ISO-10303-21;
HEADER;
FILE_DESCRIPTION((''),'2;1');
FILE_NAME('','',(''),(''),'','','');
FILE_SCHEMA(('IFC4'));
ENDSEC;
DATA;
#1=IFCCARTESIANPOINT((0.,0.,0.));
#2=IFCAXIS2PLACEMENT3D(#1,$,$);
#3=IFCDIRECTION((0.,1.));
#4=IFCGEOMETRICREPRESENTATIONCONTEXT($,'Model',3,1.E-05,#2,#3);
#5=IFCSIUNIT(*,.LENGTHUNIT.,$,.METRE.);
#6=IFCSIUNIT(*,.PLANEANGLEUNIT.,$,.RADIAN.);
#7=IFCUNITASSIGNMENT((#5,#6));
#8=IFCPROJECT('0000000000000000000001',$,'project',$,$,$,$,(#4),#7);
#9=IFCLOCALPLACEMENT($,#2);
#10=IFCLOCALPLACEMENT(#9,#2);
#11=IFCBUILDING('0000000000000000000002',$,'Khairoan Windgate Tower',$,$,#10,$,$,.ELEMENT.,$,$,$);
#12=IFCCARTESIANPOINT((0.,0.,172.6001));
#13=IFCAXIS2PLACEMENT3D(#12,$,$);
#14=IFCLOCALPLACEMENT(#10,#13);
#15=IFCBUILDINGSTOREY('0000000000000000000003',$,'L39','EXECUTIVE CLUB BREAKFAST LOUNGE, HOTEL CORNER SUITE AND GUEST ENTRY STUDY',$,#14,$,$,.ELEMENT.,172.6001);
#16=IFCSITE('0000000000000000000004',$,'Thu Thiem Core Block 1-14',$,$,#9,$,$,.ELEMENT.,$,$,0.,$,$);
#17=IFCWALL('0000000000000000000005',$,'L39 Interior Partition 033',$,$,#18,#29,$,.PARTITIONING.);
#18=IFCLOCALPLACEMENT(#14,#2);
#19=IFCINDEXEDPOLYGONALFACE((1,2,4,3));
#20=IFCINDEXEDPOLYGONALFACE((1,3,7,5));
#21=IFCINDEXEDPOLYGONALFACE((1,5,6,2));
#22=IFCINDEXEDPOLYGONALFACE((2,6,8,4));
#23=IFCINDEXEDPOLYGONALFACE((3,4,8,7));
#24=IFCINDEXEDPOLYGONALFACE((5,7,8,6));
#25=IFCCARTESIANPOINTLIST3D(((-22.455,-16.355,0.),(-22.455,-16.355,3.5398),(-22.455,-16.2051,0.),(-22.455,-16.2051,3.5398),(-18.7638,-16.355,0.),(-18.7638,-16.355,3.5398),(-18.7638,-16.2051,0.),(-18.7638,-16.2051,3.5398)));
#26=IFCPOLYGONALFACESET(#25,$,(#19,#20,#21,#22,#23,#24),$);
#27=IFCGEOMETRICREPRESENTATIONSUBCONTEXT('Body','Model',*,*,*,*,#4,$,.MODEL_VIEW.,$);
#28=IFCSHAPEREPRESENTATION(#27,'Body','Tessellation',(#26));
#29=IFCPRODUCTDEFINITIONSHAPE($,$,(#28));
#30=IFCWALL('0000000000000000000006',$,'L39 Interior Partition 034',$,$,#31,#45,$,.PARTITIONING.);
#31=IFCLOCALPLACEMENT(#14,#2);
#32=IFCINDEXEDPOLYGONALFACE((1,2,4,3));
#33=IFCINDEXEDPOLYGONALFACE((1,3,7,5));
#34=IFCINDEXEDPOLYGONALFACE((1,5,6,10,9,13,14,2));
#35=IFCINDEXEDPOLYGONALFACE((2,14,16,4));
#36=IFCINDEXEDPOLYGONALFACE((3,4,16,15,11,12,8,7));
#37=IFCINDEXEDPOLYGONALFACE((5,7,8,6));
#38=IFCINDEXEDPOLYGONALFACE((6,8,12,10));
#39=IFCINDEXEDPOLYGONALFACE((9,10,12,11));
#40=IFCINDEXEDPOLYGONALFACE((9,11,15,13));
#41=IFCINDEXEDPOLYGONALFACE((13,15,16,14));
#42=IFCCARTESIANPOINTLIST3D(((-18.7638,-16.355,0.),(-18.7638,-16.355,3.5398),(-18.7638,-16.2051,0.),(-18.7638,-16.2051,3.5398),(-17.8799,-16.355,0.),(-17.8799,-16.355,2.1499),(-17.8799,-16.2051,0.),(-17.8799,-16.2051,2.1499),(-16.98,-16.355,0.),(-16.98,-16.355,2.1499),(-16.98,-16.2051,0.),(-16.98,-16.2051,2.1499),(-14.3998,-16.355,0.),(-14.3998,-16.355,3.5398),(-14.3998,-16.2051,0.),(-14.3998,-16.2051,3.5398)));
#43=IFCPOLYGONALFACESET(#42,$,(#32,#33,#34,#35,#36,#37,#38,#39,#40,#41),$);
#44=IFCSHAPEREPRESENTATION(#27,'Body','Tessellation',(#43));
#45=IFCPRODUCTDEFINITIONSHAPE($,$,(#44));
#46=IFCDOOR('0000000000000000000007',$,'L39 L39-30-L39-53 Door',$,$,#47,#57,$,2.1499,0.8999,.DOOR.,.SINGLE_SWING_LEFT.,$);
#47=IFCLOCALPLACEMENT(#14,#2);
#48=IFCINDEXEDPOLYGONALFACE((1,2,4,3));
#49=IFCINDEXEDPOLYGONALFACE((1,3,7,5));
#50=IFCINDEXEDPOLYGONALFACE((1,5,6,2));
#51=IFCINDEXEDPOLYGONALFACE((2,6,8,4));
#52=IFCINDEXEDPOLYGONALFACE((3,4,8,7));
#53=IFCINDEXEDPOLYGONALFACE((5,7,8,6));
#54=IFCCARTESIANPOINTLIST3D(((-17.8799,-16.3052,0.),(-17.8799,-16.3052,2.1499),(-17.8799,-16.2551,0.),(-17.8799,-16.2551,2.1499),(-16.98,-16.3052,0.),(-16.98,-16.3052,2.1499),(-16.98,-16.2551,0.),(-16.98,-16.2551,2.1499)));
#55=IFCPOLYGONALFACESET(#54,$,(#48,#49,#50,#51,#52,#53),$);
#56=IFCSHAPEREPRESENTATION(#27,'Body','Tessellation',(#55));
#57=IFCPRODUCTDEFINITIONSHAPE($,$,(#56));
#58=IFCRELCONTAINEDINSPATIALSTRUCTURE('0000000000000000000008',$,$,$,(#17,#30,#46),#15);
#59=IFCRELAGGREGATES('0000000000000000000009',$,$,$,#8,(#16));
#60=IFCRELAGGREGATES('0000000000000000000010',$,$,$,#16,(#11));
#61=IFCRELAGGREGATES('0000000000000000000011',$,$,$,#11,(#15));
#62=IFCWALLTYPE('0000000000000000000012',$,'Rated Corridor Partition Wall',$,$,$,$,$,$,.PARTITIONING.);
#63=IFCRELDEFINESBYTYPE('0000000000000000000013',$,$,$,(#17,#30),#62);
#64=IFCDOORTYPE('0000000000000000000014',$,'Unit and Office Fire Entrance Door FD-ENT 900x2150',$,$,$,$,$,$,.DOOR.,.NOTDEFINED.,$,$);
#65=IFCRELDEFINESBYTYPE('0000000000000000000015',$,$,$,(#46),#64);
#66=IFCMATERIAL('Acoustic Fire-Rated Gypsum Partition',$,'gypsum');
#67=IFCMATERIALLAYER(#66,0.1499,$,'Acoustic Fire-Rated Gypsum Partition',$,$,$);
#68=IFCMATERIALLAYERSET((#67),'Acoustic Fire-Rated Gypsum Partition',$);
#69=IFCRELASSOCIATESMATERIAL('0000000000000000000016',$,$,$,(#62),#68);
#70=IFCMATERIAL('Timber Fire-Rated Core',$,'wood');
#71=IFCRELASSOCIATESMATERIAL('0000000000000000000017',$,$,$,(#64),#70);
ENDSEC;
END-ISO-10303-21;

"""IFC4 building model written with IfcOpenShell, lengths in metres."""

from ifc_helpers import new_model, si_unit, direction, frame, frame_2d, origin, place, context, subcontext, project, spatial, rectangle, extrude, material, layer, layer_set, type_object, element, fill, save


model = new_model("IFC4")

# Units and contexts
model_context = context("Model", 3, precision=1e-05, world=origin(), true_north=direction((0.0, 1.0)))
body_context = subcontext(model_context, "Body", "Model", "MODEL_VIEW")
ifc_project = project(units=[si_unit("LENGTHUNIT", "METRE"), si_unit("PLANEANGLEUNIT", "RADIAN")], contexts=[model_context])

# Site, building, storey
site_placement = place(None, origin())
site = spatial("IfcSite", under=ifc_project, at=site_placement, Name="Thu Thiem Core Block 1-14", CompositionType="ELEMENT", RefElevation=0.0)
building_placement = place(site_placement, origin())
building = spatial("IfcBuilding", under=site, at=building_placement, Name="Khairoan Windgate Tower", CompositionType="ELEMENT")
storey_placement = place(building_placement, frame((0.0, 0.0, 172.6001)))
storey = spatial("IfcBuildingStorey", under=building, at=storey_placement, Name="L39", Description="EXECUTIVE CLUB BREAKFAST LOUNGE, HOTEL CORNER SUITE AND GUEST ENTRY STUDY", CompositionType="ELEMENT", Elevation=172.6001)

# Wall
ifc_material_1 = material(Name="Acoustic Fire-Rated Gypsum Partition", Category="gypsum")
ifc_layer_1 = layer(ifc_material_1, 0.1499, Name="Acoustic Fire-Rated Gypsum Partition")
ifc_layer_set_1 = layer_set([ifc_layer_1], Name="Acoustic Fire-Rated Gypsum Partition")
wall_type_1 = type_object("IfcWallType", Name="Rated Corridor Partition Wall", PredefinedType="PARTITIONING", material=ifc_layer_set_1)
wall_1_placement = place(storey_placement, frame((-22.4551, -16.28, 0.0), z_axis=(0.0, 0.0, 1.0), x_axis=(1.0, 0.0, 0.0)))
element("IfcWall", 1, at=wall_1_placement, inside=storey, type_object=wall_type_1, Name="L39 Interior Partition 033", PredefinedType="PARTITIONING", context=body_context, shape_type="SweptSolid", body=[
    extrude(rectangle(XDim=3.6912, YDim=0.1499, at=frame_2d((1.8457, 0.0))), origin(), (0.0, 0.0, 1.0), 3.5398),
])

# Wall, opening, door
wall_2_placement = place(storey_placement, frame((-18.7639, -16.28, 0.0), z_axis=(0.0, 0.0, 1.0), x_axis=(1.0, 0.0, 0.0)))
wall_2 = element("IfcWall", 2, at=wall_2_placement, inside=storey, type_object=wall_type_1, Name="L39 Interior Partition 034", PredefinedType="PARTITIONING", context=body_context, shape_type="SweptSolid", body=[
    extrude(rectangle(XDim=4.364, YDim=0.1499, at=frame_2d((2.1821, 0.0))), origin(), (0.0, 0.0, 1.0), 3.5398),
])
opening_1_placement = place(wall_2_placement, frame((0.884, 0.0, 0.0)))
opening_1 = element("IfcOpeningElement", 3, at=opening_1_placement, cuts=wall_2, PredefinedType="OPENING", context=body_context, shape_type="SweptSolid", body=[
    extrude(rectangle(XDim=0.8999, YDim=2.1499, at=frame_2d((0.45, 1.075))), frame((0.0, 0.085, 0.0), z_axis=(0.0, -1.0, 0.0), x_axis=(1.0, 0.0, 0.0)), (0.0, 0.0, 1.0), 0.1699),
])
ifc_material_2 = material(Name="Timber Fire-Rated Core", Category="wood")
door_type_1 = type_object("IfcDoorType", Name="Unit and Office Fire Entrance Door FD-ENT 900x2150", OperationType="NOTDEFINED", PredefinedType="DOOR", material=ifc_material_2)
door_1_placement = place(opening_1_placement, origin())
door_1 = element("IfcDoor", 4, at=door_1_placement, inside=storey, type_object=door_type_1, Name="L39 L39-30-L39-53 Door", OperationType="SINGLE_SWING_LEFT", OverallHeight=2.1499, OverallWidth=0.8999, PredefinedType="DOOR", context=body_context, shape_type="SweptSolid", body=[
    extrude(rectangle(XDim=0.8999, YDim=2.1499, at=frame_2d((0.45, 1.075))), frame((0.0, 0.0249, 0.0), z_axis=(0.0, -1.0, 0.0), x_axis=(1.0, 0.0, 0.0)), (0.0, 0.0, 1.0), 0.05),
])
fill(opening_1, door_1)

save(model, "model.ifc")
